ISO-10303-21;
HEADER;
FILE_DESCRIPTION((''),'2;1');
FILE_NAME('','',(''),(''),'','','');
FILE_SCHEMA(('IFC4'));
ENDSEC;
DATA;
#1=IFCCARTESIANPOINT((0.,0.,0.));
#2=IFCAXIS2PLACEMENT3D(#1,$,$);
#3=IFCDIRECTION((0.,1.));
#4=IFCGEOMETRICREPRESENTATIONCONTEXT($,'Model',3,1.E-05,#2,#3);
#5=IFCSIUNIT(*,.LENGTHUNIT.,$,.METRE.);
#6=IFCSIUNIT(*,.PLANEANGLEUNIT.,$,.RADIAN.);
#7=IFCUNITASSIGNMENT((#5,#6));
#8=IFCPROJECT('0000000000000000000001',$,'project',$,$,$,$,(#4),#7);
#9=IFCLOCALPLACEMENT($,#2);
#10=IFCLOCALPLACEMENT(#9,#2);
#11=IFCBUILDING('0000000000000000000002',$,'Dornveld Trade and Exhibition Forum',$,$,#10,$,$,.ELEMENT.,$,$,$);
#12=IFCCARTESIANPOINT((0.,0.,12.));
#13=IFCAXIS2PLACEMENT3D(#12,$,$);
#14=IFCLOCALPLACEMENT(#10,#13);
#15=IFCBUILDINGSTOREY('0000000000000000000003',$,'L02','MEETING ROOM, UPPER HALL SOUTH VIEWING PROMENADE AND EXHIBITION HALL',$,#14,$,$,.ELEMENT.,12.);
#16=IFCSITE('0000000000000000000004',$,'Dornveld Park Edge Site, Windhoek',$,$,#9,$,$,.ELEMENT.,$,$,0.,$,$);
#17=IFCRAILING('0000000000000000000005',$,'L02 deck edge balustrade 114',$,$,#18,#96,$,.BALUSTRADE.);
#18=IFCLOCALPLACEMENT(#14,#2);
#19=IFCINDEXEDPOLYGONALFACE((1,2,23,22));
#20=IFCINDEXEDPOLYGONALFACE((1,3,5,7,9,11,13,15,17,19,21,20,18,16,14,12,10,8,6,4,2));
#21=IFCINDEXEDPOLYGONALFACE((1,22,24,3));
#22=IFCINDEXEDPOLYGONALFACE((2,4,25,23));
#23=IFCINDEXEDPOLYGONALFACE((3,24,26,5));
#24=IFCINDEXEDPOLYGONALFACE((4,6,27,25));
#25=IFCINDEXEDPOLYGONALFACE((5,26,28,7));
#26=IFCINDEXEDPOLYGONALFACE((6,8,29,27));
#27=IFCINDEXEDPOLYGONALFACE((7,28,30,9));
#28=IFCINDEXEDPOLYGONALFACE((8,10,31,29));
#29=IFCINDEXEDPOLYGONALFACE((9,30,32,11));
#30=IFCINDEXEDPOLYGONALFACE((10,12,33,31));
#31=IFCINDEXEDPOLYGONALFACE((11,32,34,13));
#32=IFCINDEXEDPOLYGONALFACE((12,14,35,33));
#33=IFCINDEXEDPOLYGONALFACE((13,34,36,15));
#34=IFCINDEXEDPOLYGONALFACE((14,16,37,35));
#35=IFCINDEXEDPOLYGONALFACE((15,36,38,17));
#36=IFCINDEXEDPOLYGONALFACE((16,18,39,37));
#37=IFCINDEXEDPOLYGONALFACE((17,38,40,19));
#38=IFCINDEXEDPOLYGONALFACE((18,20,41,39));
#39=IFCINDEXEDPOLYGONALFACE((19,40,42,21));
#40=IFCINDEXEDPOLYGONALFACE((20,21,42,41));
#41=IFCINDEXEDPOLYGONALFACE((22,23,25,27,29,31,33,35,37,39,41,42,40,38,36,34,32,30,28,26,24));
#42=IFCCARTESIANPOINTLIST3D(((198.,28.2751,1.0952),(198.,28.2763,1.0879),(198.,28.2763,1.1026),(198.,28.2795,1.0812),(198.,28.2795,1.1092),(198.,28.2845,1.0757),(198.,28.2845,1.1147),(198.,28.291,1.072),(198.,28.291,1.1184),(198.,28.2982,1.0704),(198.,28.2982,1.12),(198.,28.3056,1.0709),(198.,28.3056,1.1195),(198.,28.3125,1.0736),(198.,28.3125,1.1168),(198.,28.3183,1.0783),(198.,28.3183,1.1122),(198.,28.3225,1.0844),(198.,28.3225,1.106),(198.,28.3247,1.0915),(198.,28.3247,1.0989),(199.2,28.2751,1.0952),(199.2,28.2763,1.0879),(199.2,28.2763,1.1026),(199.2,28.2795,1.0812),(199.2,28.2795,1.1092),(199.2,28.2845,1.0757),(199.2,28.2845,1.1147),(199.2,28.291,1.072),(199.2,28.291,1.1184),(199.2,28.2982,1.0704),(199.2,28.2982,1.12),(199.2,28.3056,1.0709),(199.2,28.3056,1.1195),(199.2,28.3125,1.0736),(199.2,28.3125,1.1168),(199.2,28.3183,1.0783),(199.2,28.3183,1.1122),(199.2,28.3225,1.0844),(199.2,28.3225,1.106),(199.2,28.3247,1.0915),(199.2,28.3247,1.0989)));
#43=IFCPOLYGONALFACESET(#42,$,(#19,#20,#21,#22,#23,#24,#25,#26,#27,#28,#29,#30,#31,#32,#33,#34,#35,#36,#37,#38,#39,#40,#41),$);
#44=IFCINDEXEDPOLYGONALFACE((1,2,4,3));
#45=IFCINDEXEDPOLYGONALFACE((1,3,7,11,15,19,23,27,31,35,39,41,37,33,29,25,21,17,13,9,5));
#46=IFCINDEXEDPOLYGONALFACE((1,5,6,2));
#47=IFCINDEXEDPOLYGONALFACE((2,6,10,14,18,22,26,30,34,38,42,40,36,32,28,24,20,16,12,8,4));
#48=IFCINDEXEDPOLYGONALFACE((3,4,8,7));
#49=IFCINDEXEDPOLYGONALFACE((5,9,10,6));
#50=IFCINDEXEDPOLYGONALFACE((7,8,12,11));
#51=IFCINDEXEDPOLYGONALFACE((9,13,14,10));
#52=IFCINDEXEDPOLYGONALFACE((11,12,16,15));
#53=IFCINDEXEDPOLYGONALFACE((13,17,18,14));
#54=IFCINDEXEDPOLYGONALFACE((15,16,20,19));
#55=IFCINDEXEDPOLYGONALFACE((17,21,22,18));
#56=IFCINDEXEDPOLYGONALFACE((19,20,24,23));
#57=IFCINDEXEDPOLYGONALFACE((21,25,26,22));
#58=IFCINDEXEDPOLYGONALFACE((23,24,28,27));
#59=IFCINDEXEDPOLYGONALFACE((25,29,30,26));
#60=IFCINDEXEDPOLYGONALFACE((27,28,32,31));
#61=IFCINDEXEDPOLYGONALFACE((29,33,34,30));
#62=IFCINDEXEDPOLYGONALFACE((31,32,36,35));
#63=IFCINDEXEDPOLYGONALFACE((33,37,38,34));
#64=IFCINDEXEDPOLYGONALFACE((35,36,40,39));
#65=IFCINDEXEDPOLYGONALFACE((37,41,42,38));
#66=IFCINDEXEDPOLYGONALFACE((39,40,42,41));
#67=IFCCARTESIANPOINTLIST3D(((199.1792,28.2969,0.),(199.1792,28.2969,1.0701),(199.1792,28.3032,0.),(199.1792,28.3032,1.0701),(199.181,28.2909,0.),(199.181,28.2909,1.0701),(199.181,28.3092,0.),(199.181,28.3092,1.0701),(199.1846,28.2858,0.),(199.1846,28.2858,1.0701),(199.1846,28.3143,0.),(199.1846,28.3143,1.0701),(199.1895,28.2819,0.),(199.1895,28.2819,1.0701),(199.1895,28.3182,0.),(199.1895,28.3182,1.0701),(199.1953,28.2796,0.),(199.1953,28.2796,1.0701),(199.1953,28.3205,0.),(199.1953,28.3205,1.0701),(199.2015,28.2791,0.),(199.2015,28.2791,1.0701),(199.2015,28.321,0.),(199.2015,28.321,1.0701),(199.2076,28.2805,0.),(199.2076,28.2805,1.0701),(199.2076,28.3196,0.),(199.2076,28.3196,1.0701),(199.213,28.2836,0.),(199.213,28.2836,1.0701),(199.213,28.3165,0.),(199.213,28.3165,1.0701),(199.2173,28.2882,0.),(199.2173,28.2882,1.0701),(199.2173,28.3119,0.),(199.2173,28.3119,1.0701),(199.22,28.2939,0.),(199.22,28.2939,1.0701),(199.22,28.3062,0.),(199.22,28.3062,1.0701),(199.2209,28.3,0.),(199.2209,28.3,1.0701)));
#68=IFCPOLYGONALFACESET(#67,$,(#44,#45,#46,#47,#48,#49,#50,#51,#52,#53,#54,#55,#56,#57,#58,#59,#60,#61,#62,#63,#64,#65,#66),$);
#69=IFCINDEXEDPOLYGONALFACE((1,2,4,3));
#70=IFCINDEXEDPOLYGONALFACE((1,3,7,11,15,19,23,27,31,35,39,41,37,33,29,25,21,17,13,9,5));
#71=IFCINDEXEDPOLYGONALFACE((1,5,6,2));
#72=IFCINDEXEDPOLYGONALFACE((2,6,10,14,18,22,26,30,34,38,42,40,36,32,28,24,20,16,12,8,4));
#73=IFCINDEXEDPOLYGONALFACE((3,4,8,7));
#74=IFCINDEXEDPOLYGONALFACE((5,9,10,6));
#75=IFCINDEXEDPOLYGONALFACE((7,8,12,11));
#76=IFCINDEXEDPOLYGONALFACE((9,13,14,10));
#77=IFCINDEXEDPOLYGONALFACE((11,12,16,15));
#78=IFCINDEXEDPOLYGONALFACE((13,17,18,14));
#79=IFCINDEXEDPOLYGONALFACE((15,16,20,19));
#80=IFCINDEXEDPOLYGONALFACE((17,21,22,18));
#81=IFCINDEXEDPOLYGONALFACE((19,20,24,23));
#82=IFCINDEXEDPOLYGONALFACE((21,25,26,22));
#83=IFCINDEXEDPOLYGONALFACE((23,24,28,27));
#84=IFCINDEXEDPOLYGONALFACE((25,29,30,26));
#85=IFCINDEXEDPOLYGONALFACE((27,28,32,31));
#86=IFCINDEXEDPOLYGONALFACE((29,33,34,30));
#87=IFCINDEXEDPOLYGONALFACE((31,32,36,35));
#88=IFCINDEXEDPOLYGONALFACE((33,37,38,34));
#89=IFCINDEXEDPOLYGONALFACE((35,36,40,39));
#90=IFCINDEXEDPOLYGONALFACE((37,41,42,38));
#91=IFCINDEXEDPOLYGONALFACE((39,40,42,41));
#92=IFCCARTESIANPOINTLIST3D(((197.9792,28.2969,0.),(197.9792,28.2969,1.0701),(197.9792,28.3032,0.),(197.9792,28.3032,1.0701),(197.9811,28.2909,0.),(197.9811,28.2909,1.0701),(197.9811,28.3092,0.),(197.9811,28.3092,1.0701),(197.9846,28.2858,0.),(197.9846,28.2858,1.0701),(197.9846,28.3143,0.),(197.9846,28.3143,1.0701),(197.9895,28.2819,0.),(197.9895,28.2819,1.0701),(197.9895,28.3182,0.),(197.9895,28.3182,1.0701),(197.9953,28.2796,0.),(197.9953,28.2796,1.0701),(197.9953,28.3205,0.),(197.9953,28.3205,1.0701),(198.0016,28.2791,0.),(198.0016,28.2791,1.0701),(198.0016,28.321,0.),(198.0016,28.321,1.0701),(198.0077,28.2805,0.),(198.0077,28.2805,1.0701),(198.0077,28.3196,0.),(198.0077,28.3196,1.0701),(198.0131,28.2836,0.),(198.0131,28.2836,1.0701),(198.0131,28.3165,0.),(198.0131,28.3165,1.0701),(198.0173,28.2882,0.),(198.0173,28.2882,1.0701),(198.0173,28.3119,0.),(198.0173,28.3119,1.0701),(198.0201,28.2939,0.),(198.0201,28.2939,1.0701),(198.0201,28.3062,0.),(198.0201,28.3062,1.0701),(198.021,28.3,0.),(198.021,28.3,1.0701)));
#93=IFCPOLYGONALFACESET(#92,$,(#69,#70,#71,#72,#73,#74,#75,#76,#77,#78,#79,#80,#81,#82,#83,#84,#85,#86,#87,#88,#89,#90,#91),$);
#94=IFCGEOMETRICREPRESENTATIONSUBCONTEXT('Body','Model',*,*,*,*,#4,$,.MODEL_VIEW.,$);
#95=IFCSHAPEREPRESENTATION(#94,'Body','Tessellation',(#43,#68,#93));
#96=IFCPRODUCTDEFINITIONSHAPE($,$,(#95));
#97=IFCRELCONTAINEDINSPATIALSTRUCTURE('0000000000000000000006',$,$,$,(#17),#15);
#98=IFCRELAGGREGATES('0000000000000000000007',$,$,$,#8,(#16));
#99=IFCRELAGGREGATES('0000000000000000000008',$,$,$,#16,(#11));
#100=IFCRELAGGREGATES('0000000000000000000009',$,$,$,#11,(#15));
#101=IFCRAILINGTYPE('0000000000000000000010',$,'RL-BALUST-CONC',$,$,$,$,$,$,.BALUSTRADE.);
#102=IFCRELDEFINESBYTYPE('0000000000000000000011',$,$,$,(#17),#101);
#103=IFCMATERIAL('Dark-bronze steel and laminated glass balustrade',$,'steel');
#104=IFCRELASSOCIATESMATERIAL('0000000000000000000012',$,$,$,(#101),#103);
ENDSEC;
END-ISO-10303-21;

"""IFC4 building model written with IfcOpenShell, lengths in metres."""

from ifc_helpers import new_model, si_unit, direction, frame, origin, origin_2d, place, context, subcontext, project, spatial, circle, extrude, material, type_object, element, save


model = new_model("IFC4")

# Units and contexts
model_context = context("Model", 3, precision=1e-05, world=origin(), true_north=direction((0.0, 1.0)))
body_context = subcontext(model_context, "Body", "Model", "MODEL_VIEW")
ifc_project = project(units=[si_unit("LENGTHUNIT", "METRE"), si_unit("PLANEANGLEUNIT", "RADIAN")], contexts=[model_context])

# Site, building, storey
site_placement = place(None, origin())
site = spatial("IfcSite", under=ifc_project, at=site_placement, Name="Dornveld Park Edge Site, Windhoek", CompositionType="ELEMENT", RefElevation=0.0)
building_placement = place(site_placement, origin())
building = spatial("IfcBuilding", under=site, at=building_placement, Name="Dornveld Trade and Exhibition Forum", CompositionType="ELEMENT")
storey_placement = place(building_placement, frame((0.0, 0.0, 12.0)))
storey = spatial("IfcBuildingStorey", under=building, at=storey_placement, Name="L02", Description="MEETING ROOM, UPPER HALL SOUTH VIEWING PROMENADE AND EXHIBITION HALL", CompositionType="ELEMENT", Elevation=12.0)

# Railing
ifc_material_1 = material(Name="Dark-bronze steel and laminated glass balustrade", Category="steel")
railing_type_1 = type_object("IfcRailingType", Name="RL-BALUST-CONC", PredefinedType="BALUSTRADE", material=ifc_material_1)
railing_1_placement = place(storey_placement, frame((199.2, 28.3, 0.0)))
element("IfcRailing", 1, at=railing_1_placement, inside=storey, type_object=railing_type_1, Name="L02 deck edge balustrade 114", PredefinedType="BALUSTRADE", context=body_context, shape_type="SweptSolid", body=[
    extrude(circle(Radius=0.0249, at=origin_2d()), frame((0.0, 0.0, 1.0952), z_axis=(-1.0, 0.0, 0.0), x_axis=(0.0, -1.0, 0.0)), (0.0, 0.0, 1.0), 1.2),
    extrude(circle(Radius=0.021, at=origin_2d()), origin(), (0.0, 0.0, 1.0), 1.0701),
    extrude(circle(Radius=0.021, at=origin_2d()), frame((-1.2, 0.0, 0.0)), (0.0, 0.0, 1.0), 1.0701),
])

save(model, "model.ifc")
